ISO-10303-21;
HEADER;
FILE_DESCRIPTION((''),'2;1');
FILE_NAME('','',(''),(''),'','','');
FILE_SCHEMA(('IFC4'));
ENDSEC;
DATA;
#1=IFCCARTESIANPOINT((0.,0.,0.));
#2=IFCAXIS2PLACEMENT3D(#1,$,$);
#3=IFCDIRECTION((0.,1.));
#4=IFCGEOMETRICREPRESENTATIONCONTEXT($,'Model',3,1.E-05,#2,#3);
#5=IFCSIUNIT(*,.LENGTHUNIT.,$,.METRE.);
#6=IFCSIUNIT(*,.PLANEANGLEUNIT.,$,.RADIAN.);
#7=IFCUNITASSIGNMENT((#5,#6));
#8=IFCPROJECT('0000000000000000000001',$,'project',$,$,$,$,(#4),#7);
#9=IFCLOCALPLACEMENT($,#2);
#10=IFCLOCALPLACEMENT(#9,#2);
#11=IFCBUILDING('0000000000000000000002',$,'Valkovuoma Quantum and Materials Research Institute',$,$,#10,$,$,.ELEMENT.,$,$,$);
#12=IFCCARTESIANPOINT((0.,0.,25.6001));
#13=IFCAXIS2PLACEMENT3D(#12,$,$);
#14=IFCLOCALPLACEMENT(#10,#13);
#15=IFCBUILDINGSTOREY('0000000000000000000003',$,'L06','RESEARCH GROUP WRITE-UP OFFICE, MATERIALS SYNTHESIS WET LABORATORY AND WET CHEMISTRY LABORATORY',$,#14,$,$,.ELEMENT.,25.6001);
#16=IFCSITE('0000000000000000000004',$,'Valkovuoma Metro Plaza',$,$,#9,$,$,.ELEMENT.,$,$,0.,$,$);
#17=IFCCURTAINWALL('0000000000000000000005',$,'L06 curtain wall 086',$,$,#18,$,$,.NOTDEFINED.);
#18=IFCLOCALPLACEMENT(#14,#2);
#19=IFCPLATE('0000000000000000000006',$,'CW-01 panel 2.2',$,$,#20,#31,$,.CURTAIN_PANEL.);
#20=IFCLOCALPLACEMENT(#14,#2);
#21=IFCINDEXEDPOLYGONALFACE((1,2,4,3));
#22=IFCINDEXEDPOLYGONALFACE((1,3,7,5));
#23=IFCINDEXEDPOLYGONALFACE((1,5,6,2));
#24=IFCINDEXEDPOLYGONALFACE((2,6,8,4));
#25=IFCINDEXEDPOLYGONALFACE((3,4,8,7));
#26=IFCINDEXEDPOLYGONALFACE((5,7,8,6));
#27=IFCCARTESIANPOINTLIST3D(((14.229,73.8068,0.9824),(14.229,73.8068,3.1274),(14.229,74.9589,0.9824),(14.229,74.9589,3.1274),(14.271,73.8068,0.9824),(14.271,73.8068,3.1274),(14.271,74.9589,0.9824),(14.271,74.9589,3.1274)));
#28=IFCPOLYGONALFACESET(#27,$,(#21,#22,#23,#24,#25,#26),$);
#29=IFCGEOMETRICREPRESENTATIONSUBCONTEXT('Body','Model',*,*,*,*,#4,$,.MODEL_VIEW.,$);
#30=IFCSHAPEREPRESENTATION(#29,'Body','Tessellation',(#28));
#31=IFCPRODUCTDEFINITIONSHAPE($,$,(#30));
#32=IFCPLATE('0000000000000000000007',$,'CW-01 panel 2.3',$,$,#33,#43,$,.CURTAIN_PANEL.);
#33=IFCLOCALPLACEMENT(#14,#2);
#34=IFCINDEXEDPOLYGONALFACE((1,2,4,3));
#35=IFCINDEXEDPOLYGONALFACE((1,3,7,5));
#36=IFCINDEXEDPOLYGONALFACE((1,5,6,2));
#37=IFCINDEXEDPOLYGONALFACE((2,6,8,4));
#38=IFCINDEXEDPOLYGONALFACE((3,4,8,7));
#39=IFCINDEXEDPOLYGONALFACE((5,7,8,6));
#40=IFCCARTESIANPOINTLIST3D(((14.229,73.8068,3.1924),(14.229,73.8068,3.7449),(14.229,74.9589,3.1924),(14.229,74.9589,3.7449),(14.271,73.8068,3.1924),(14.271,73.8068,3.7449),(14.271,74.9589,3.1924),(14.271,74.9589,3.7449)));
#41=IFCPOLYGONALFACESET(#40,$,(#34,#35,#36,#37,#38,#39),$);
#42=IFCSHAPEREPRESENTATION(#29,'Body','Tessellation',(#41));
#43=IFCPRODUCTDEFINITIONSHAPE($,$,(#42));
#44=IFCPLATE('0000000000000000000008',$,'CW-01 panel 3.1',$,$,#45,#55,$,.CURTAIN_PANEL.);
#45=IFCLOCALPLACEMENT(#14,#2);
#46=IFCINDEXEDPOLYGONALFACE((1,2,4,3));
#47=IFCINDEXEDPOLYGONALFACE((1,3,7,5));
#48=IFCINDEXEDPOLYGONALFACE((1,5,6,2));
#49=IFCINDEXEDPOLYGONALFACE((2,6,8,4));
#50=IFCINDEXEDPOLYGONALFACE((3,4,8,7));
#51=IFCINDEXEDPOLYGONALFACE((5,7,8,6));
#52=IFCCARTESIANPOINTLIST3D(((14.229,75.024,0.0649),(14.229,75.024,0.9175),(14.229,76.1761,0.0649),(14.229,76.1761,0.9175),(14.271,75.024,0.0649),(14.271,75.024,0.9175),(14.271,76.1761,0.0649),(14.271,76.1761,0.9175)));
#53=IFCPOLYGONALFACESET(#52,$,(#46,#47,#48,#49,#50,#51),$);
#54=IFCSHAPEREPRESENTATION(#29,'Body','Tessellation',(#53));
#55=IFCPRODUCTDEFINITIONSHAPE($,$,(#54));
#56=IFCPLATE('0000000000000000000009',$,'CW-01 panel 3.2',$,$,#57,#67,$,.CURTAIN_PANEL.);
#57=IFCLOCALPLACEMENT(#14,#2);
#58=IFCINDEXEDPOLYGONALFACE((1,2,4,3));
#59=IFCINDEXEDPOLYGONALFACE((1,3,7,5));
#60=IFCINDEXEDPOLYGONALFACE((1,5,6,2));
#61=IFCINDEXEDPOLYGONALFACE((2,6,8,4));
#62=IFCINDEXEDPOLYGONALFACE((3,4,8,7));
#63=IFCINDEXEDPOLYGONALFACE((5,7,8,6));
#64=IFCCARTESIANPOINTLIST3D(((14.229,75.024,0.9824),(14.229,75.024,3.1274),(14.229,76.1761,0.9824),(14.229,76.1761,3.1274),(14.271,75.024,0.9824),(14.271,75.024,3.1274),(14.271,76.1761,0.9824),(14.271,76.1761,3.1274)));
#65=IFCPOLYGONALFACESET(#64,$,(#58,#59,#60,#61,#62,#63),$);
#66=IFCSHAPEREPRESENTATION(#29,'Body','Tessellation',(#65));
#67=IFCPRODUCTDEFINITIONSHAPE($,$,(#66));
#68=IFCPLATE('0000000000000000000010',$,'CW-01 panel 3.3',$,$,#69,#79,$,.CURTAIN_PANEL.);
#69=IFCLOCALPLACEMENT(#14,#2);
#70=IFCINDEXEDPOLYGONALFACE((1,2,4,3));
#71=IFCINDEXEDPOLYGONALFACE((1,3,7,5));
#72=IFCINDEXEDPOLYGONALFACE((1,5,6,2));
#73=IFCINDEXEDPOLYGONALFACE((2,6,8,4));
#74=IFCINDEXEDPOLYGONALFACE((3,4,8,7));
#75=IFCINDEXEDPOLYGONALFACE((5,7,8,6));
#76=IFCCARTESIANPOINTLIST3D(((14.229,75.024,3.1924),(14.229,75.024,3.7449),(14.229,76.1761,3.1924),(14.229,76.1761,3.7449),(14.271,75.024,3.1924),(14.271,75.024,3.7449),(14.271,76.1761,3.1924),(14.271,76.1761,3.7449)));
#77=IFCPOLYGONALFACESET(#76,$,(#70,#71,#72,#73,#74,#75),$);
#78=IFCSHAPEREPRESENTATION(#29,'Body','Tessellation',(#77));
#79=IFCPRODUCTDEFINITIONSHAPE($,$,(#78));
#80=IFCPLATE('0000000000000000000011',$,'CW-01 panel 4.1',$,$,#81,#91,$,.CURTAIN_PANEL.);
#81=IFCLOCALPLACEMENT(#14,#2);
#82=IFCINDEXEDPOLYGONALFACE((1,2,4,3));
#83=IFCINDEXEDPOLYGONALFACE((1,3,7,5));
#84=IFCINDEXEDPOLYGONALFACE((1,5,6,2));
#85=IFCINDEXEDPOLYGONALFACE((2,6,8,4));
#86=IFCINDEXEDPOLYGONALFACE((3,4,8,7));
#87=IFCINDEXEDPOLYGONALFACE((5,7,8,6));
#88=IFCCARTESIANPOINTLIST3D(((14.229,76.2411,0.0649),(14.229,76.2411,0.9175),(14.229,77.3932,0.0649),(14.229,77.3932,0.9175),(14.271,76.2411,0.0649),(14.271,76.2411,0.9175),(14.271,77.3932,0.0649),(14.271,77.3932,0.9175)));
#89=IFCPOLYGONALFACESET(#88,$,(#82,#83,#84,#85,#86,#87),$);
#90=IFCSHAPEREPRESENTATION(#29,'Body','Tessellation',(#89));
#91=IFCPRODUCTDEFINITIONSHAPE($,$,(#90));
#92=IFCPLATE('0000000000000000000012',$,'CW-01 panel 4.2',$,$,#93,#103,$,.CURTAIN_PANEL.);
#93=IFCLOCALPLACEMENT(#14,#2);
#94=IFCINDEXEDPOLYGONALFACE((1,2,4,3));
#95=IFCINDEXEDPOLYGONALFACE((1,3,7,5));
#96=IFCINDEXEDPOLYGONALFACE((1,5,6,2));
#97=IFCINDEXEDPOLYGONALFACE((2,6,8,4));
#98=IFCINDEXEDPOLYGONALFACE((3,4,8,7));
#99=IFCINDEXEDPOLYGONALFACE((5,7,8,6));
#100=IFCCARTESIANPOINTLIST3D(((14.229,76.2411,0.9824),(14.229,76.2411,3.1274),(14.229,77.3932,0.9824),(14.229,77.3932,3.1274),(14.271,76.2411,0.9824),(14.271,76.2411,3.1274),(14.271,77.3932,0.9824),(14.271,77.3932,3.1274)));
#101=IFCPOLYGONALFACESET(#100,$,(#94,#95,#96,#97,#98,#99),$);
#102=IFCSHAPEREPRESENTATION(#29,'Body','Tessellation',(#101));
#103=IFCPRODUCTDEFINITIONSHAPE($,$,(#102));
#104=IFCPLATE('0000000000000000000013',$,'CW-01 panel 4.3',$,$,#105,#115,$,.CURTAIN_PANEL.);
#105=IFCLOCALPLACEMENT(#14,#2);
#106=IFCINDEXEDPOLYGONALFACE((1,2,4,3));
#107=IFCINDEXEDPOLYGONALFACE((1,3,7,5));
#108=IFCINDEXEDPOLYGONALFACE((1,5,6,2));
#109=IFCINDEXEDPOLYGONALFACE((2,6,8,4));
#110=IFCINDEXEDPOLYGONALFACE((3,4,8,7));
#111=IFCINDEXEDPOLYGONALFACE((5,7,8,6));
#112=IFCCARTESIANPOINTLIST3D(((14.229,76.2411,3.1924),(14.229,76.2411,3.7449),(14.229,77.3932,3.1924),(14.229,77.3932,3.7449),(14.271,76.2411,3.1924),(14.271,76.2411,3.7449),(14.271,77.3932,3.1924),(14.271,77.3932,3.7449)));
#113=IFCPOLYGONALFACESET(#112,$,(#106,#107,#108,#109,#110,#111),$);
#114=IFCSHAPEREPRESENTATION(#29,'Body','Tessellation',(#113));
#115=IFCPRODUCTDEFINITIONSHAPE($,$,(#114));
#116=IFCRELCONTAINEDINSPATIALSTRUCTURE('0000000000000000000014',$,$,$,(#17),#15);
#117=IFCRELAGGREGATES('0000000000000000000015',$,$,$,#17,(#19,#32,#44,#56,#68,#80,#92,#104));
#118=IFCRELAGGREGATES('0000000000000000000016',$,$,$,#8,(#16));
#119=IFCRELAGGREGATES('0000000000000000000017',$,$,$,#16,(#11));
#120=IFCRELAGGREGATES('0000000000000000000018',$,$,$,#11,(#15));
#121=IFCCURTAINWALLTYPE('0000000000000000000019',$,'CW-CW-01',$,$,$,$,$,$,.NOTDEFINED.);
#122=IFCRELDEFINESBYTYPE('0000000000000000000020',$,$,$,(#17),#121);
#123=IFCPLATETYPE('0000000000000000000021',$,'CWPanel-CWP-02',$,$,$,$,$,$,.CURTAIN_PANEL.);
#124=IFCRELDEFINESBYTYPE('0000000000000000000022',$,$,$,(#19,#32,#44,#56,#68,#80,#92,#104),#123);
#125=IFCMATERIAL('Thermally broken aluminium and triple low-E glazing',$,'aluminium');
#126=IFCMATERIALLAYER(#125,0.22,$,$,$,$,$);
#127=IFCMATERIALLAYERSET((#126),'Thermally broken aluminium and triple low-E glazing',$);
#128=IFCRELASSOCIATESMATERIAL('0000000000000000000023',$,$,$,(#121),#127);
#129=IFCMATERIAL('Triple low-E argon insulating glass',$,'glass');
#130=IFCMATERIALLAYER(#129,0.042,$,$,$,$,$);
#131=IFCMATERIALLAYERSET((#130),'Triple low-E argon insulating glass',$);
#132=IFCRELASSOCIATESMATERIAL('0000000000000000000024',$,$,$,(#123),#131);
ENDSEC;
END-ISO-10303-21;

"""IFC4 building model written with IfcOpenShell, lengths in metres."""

from ifc_helpers import new_model, si_unit, direction, frame, origin, origin_2d, place, context, subcontext, project, spatial, rectangle, extrude, material, layer, layer_set, type_object, element, aggregate, save


model = new_model("IFC4")

# Units and contexts
model_context = context("Model", 3, precision=1e-05, world=origin(), true_north=direction((0.0, 1.0)))
body_context = subcontext(model_context, "Body", "Model", "MODEL_VIEW")
ifc_project = project(units=[si_unit("LENGTHUNIT", "METRE"), si_unit("PLANEANGLEUNIT", "RADIAN")], contexts=[model_context])

# Site, building, storey
site_placement = place(None, origin())
site = spatial("IfcSite", under=ifc_project, at=site_placement, Name="Valkovuoma Metro Plaza", CompositionType="ELEMENT", RefElevation=0.0)
building_placement = place(site_placement, origin())
building = spatial("IfcBuilding", under=site, at=building_placement, Name="Valkovuoma Quantum and Materials Research Institute", CompositionType="ELEMENT")
storey_placement = place(building_placement, frame((0.0, 0.0, 25.6001)))
storey = spatial("IfcBuildingStorey", under=building, at=storey_placement, Name="L06", Description="RESEARCH GROUP WRITE-UP OFFICE, MATERIALS SYNTHESIS WET LABORATORY AND WET CHEMISTRY LABORATORY", CompositionType="ELEMENT", Elevation=25.6001)

# Curtain wall, plates
ifc_material_1 = material(Name="Thermally broken aluminium and triple low-E glazing", Category="aluminium")
ifc_layer_1 = layer(ifc_material_1, 0.22)
ifc_layer_set_1 = layer_set([ifc_layer_1], Name="Thermally broken aluminium and triple low-E glazing")
curtain_wall_type = type_object("IfcCurtainWallType", Name="CW-CW-01", PredefinedType="NOTDEFINED", material=ifc_layer_set_1)
curtain_wall_placement = place(storey_placement, origin())
curtain_wall = element("IfcCurtainWall", 1, at=curtain_wall_placement, inside=storey, type_object=curtain_wall_type, Name="L06 curtain wall 086", PredefinedType="NOTDEFINED")
ifc_material_2 = material(Name="Triple low-E argon insulating glass", Category="glass")
ifc_layer_2 = layer(ifc_material_2, 0.042)
ifc_layer_set_2 = layer_set([ifc_layer_2], Name="Triple low-E argon insulating glass")
plate_type = type_object("IfcPlateType", Name="CWPanel-CWP-02", PredefinedType="CURTAIN_PANEL", material=ifc_layer_set_2)
plate_1_placement = place(storey_placement, frame((14.25, 74.3828, 0.9824), z_axis=(0.0, 0.0, 1.0), x_axis=(0.0, 1.0, 0.0)))
plate_1 = element("IfcPlate", 2, at=plate_1_placement, type_object=plate_type, Name="CW-01 panel 2.2", PredefinedType="CURTAIN_PANEL", context=body_context, shape_type="SweptSolid", body=[
    extrude(rectangle(XDim=1.1521, YDim=0.042, at=origin_2d()), origin(), (0.0, 0.0, 1.0), 2.145),
])
plate_2_placement = place(storey_placement, frame((14.25, 74.3828, 3.1924), z_axis=(0.0, 0.0, 1.0), x_axis=(0.0, 1.0, 0.0)))
plate_2 = element("IfcPlate", 3, at=plate_2_placement, type_object=plate_type, Name="CW-01 panel 2.3", PredefinedType="CURTAIN_PANEL", context=body_context, shape_type="SweptSolid", body=[
    extrude(rectangle(XDim=1.1521, YDim=0.042, at=origin_2d()), origin(), (0.0, 0.0, 1.0), 0.5525),
])
plate_3_placement = place(storey_placement, frame((14.25, 75.6001, 0.0649), z_axis=(0.0, 0.0, 1.0), x_axis=(0.0, 1.0, 0.0)))
plate_3 = element("IfcPlate", 4, at=plate_3_placement, type_object=plate_type, Name="CW-01 panel 3.1", PredefinedType="CURTAIN_PANEL", context=body_context, shape_type="SweptSolid", body=[
    extrude(rectangle(XDim=1.1521, YDim=0.042, at=origin_2d()), origin(), (0.0, 0.0, 1.0), 0.8525),
])
plate_4_placement = place(storey_placement, frame((14.25, 75.6001, 0.9824), z_axis=(0.0, 0.0, 1.0), x_axis=(0.0, 1.0, 0.0)))
plate_4 = element("IfcPlate", 5, at=plate_4_placement, type_object=plate_type, Name="CW-01 panel 3.2", PredefinedType="CURTAIN_PANEL", context=body_context, shape_type="SweptSolid", body=[
    extrude(rectangle(XDim=1.1521, YDim=0.042, at=origin_2d()), origin(), (0.0, 0.0, 1.0), 2.145),
])
plate_5_placement = place(storey_placement, frame((14.25, 75.6001, 3.1924), z_axis=(0.0, 0.0, 1.0), x_axis=(0.0, 1.0, 0.0)))
plate_5 = element("IfcPlate", 6, at=plate_5_placement, type_object=plate_type, Name="CW-01 panel 3.3", PredefinedType="CURTAIN_PANEL", context=body_context, shape_type="SweptSolid", body=[
    extrude(rectangle(XDim=1.1521, YDim=0.042, at=origin_2d()), origin(), (0.0, 0.0, 1.0), 0.5525),
])
plate_6_placement = place(storey_placement, frame((14.25, 76.8171, 0.0649), z_axis=(0.0, 0.0, 1.0), x_axis=(0.0, 1.0, 0.0)))
plate_6 = element("IfcPlate", 7, at=plate_6_placement, type_object=plate_type, Name="CW-01 panel 4.1", PredefinedType="CURTAIN_PANEL", context=body_context, shape_type="SweptSolid", body=[
    extrude(rectangle(XDim=1.1521, YDim=0.042, at=origin_2d()), origin(), (0.0, 0.0, 1.0), 0.8525),
])
plate_7_placement = place(storey_placement, frame((14.25, 76.8171, 0.9824), z_axis=(0.0, 0.0, 1.0), x_axis=(0.0, 1.0, 0.0)))
plate_7 = element("IfcPlate", 8, at=plate_7_placement, type_object=plate_type, Name="CW-01 panel 4.2", PredefinedType="CURTAIN_PANEL", context=body_context, shape_type="SweptSolid", body=[
    extrude(rectangle(XDim=1.1521, YDim=0.042, at=origin_2d()), origin(), (0.0, 0.0, 1.0), 2.145),
])
plate_8_placement = place(storey_placement, frame((14.25, 76.8171, 3.1924), z_axis=(0.0, 0.0, 1.0), x_axis=(0.0, 1.0, 0.0)))
plate_8 = element("IfcPlate", 9, at=plate_8_placement, type_object=plate_type, Name="CW-01 panel 4.3", PredefinedType="CURTAIN_PANEL", context=body_context, shape_type="SweptSolid", body=[
    extrude(rectangle(XDim=1.1521, YDim=0.042, at=origin_2d()), origin(), (0.0, 0.0, 1.0), 0.5525),
])
aggregate(curtain_wall, [plate_1, plate_2, plate_3, plate_4, plate_5, plate_6, plate_7, plate_8])

save(model, "model.ifc")
